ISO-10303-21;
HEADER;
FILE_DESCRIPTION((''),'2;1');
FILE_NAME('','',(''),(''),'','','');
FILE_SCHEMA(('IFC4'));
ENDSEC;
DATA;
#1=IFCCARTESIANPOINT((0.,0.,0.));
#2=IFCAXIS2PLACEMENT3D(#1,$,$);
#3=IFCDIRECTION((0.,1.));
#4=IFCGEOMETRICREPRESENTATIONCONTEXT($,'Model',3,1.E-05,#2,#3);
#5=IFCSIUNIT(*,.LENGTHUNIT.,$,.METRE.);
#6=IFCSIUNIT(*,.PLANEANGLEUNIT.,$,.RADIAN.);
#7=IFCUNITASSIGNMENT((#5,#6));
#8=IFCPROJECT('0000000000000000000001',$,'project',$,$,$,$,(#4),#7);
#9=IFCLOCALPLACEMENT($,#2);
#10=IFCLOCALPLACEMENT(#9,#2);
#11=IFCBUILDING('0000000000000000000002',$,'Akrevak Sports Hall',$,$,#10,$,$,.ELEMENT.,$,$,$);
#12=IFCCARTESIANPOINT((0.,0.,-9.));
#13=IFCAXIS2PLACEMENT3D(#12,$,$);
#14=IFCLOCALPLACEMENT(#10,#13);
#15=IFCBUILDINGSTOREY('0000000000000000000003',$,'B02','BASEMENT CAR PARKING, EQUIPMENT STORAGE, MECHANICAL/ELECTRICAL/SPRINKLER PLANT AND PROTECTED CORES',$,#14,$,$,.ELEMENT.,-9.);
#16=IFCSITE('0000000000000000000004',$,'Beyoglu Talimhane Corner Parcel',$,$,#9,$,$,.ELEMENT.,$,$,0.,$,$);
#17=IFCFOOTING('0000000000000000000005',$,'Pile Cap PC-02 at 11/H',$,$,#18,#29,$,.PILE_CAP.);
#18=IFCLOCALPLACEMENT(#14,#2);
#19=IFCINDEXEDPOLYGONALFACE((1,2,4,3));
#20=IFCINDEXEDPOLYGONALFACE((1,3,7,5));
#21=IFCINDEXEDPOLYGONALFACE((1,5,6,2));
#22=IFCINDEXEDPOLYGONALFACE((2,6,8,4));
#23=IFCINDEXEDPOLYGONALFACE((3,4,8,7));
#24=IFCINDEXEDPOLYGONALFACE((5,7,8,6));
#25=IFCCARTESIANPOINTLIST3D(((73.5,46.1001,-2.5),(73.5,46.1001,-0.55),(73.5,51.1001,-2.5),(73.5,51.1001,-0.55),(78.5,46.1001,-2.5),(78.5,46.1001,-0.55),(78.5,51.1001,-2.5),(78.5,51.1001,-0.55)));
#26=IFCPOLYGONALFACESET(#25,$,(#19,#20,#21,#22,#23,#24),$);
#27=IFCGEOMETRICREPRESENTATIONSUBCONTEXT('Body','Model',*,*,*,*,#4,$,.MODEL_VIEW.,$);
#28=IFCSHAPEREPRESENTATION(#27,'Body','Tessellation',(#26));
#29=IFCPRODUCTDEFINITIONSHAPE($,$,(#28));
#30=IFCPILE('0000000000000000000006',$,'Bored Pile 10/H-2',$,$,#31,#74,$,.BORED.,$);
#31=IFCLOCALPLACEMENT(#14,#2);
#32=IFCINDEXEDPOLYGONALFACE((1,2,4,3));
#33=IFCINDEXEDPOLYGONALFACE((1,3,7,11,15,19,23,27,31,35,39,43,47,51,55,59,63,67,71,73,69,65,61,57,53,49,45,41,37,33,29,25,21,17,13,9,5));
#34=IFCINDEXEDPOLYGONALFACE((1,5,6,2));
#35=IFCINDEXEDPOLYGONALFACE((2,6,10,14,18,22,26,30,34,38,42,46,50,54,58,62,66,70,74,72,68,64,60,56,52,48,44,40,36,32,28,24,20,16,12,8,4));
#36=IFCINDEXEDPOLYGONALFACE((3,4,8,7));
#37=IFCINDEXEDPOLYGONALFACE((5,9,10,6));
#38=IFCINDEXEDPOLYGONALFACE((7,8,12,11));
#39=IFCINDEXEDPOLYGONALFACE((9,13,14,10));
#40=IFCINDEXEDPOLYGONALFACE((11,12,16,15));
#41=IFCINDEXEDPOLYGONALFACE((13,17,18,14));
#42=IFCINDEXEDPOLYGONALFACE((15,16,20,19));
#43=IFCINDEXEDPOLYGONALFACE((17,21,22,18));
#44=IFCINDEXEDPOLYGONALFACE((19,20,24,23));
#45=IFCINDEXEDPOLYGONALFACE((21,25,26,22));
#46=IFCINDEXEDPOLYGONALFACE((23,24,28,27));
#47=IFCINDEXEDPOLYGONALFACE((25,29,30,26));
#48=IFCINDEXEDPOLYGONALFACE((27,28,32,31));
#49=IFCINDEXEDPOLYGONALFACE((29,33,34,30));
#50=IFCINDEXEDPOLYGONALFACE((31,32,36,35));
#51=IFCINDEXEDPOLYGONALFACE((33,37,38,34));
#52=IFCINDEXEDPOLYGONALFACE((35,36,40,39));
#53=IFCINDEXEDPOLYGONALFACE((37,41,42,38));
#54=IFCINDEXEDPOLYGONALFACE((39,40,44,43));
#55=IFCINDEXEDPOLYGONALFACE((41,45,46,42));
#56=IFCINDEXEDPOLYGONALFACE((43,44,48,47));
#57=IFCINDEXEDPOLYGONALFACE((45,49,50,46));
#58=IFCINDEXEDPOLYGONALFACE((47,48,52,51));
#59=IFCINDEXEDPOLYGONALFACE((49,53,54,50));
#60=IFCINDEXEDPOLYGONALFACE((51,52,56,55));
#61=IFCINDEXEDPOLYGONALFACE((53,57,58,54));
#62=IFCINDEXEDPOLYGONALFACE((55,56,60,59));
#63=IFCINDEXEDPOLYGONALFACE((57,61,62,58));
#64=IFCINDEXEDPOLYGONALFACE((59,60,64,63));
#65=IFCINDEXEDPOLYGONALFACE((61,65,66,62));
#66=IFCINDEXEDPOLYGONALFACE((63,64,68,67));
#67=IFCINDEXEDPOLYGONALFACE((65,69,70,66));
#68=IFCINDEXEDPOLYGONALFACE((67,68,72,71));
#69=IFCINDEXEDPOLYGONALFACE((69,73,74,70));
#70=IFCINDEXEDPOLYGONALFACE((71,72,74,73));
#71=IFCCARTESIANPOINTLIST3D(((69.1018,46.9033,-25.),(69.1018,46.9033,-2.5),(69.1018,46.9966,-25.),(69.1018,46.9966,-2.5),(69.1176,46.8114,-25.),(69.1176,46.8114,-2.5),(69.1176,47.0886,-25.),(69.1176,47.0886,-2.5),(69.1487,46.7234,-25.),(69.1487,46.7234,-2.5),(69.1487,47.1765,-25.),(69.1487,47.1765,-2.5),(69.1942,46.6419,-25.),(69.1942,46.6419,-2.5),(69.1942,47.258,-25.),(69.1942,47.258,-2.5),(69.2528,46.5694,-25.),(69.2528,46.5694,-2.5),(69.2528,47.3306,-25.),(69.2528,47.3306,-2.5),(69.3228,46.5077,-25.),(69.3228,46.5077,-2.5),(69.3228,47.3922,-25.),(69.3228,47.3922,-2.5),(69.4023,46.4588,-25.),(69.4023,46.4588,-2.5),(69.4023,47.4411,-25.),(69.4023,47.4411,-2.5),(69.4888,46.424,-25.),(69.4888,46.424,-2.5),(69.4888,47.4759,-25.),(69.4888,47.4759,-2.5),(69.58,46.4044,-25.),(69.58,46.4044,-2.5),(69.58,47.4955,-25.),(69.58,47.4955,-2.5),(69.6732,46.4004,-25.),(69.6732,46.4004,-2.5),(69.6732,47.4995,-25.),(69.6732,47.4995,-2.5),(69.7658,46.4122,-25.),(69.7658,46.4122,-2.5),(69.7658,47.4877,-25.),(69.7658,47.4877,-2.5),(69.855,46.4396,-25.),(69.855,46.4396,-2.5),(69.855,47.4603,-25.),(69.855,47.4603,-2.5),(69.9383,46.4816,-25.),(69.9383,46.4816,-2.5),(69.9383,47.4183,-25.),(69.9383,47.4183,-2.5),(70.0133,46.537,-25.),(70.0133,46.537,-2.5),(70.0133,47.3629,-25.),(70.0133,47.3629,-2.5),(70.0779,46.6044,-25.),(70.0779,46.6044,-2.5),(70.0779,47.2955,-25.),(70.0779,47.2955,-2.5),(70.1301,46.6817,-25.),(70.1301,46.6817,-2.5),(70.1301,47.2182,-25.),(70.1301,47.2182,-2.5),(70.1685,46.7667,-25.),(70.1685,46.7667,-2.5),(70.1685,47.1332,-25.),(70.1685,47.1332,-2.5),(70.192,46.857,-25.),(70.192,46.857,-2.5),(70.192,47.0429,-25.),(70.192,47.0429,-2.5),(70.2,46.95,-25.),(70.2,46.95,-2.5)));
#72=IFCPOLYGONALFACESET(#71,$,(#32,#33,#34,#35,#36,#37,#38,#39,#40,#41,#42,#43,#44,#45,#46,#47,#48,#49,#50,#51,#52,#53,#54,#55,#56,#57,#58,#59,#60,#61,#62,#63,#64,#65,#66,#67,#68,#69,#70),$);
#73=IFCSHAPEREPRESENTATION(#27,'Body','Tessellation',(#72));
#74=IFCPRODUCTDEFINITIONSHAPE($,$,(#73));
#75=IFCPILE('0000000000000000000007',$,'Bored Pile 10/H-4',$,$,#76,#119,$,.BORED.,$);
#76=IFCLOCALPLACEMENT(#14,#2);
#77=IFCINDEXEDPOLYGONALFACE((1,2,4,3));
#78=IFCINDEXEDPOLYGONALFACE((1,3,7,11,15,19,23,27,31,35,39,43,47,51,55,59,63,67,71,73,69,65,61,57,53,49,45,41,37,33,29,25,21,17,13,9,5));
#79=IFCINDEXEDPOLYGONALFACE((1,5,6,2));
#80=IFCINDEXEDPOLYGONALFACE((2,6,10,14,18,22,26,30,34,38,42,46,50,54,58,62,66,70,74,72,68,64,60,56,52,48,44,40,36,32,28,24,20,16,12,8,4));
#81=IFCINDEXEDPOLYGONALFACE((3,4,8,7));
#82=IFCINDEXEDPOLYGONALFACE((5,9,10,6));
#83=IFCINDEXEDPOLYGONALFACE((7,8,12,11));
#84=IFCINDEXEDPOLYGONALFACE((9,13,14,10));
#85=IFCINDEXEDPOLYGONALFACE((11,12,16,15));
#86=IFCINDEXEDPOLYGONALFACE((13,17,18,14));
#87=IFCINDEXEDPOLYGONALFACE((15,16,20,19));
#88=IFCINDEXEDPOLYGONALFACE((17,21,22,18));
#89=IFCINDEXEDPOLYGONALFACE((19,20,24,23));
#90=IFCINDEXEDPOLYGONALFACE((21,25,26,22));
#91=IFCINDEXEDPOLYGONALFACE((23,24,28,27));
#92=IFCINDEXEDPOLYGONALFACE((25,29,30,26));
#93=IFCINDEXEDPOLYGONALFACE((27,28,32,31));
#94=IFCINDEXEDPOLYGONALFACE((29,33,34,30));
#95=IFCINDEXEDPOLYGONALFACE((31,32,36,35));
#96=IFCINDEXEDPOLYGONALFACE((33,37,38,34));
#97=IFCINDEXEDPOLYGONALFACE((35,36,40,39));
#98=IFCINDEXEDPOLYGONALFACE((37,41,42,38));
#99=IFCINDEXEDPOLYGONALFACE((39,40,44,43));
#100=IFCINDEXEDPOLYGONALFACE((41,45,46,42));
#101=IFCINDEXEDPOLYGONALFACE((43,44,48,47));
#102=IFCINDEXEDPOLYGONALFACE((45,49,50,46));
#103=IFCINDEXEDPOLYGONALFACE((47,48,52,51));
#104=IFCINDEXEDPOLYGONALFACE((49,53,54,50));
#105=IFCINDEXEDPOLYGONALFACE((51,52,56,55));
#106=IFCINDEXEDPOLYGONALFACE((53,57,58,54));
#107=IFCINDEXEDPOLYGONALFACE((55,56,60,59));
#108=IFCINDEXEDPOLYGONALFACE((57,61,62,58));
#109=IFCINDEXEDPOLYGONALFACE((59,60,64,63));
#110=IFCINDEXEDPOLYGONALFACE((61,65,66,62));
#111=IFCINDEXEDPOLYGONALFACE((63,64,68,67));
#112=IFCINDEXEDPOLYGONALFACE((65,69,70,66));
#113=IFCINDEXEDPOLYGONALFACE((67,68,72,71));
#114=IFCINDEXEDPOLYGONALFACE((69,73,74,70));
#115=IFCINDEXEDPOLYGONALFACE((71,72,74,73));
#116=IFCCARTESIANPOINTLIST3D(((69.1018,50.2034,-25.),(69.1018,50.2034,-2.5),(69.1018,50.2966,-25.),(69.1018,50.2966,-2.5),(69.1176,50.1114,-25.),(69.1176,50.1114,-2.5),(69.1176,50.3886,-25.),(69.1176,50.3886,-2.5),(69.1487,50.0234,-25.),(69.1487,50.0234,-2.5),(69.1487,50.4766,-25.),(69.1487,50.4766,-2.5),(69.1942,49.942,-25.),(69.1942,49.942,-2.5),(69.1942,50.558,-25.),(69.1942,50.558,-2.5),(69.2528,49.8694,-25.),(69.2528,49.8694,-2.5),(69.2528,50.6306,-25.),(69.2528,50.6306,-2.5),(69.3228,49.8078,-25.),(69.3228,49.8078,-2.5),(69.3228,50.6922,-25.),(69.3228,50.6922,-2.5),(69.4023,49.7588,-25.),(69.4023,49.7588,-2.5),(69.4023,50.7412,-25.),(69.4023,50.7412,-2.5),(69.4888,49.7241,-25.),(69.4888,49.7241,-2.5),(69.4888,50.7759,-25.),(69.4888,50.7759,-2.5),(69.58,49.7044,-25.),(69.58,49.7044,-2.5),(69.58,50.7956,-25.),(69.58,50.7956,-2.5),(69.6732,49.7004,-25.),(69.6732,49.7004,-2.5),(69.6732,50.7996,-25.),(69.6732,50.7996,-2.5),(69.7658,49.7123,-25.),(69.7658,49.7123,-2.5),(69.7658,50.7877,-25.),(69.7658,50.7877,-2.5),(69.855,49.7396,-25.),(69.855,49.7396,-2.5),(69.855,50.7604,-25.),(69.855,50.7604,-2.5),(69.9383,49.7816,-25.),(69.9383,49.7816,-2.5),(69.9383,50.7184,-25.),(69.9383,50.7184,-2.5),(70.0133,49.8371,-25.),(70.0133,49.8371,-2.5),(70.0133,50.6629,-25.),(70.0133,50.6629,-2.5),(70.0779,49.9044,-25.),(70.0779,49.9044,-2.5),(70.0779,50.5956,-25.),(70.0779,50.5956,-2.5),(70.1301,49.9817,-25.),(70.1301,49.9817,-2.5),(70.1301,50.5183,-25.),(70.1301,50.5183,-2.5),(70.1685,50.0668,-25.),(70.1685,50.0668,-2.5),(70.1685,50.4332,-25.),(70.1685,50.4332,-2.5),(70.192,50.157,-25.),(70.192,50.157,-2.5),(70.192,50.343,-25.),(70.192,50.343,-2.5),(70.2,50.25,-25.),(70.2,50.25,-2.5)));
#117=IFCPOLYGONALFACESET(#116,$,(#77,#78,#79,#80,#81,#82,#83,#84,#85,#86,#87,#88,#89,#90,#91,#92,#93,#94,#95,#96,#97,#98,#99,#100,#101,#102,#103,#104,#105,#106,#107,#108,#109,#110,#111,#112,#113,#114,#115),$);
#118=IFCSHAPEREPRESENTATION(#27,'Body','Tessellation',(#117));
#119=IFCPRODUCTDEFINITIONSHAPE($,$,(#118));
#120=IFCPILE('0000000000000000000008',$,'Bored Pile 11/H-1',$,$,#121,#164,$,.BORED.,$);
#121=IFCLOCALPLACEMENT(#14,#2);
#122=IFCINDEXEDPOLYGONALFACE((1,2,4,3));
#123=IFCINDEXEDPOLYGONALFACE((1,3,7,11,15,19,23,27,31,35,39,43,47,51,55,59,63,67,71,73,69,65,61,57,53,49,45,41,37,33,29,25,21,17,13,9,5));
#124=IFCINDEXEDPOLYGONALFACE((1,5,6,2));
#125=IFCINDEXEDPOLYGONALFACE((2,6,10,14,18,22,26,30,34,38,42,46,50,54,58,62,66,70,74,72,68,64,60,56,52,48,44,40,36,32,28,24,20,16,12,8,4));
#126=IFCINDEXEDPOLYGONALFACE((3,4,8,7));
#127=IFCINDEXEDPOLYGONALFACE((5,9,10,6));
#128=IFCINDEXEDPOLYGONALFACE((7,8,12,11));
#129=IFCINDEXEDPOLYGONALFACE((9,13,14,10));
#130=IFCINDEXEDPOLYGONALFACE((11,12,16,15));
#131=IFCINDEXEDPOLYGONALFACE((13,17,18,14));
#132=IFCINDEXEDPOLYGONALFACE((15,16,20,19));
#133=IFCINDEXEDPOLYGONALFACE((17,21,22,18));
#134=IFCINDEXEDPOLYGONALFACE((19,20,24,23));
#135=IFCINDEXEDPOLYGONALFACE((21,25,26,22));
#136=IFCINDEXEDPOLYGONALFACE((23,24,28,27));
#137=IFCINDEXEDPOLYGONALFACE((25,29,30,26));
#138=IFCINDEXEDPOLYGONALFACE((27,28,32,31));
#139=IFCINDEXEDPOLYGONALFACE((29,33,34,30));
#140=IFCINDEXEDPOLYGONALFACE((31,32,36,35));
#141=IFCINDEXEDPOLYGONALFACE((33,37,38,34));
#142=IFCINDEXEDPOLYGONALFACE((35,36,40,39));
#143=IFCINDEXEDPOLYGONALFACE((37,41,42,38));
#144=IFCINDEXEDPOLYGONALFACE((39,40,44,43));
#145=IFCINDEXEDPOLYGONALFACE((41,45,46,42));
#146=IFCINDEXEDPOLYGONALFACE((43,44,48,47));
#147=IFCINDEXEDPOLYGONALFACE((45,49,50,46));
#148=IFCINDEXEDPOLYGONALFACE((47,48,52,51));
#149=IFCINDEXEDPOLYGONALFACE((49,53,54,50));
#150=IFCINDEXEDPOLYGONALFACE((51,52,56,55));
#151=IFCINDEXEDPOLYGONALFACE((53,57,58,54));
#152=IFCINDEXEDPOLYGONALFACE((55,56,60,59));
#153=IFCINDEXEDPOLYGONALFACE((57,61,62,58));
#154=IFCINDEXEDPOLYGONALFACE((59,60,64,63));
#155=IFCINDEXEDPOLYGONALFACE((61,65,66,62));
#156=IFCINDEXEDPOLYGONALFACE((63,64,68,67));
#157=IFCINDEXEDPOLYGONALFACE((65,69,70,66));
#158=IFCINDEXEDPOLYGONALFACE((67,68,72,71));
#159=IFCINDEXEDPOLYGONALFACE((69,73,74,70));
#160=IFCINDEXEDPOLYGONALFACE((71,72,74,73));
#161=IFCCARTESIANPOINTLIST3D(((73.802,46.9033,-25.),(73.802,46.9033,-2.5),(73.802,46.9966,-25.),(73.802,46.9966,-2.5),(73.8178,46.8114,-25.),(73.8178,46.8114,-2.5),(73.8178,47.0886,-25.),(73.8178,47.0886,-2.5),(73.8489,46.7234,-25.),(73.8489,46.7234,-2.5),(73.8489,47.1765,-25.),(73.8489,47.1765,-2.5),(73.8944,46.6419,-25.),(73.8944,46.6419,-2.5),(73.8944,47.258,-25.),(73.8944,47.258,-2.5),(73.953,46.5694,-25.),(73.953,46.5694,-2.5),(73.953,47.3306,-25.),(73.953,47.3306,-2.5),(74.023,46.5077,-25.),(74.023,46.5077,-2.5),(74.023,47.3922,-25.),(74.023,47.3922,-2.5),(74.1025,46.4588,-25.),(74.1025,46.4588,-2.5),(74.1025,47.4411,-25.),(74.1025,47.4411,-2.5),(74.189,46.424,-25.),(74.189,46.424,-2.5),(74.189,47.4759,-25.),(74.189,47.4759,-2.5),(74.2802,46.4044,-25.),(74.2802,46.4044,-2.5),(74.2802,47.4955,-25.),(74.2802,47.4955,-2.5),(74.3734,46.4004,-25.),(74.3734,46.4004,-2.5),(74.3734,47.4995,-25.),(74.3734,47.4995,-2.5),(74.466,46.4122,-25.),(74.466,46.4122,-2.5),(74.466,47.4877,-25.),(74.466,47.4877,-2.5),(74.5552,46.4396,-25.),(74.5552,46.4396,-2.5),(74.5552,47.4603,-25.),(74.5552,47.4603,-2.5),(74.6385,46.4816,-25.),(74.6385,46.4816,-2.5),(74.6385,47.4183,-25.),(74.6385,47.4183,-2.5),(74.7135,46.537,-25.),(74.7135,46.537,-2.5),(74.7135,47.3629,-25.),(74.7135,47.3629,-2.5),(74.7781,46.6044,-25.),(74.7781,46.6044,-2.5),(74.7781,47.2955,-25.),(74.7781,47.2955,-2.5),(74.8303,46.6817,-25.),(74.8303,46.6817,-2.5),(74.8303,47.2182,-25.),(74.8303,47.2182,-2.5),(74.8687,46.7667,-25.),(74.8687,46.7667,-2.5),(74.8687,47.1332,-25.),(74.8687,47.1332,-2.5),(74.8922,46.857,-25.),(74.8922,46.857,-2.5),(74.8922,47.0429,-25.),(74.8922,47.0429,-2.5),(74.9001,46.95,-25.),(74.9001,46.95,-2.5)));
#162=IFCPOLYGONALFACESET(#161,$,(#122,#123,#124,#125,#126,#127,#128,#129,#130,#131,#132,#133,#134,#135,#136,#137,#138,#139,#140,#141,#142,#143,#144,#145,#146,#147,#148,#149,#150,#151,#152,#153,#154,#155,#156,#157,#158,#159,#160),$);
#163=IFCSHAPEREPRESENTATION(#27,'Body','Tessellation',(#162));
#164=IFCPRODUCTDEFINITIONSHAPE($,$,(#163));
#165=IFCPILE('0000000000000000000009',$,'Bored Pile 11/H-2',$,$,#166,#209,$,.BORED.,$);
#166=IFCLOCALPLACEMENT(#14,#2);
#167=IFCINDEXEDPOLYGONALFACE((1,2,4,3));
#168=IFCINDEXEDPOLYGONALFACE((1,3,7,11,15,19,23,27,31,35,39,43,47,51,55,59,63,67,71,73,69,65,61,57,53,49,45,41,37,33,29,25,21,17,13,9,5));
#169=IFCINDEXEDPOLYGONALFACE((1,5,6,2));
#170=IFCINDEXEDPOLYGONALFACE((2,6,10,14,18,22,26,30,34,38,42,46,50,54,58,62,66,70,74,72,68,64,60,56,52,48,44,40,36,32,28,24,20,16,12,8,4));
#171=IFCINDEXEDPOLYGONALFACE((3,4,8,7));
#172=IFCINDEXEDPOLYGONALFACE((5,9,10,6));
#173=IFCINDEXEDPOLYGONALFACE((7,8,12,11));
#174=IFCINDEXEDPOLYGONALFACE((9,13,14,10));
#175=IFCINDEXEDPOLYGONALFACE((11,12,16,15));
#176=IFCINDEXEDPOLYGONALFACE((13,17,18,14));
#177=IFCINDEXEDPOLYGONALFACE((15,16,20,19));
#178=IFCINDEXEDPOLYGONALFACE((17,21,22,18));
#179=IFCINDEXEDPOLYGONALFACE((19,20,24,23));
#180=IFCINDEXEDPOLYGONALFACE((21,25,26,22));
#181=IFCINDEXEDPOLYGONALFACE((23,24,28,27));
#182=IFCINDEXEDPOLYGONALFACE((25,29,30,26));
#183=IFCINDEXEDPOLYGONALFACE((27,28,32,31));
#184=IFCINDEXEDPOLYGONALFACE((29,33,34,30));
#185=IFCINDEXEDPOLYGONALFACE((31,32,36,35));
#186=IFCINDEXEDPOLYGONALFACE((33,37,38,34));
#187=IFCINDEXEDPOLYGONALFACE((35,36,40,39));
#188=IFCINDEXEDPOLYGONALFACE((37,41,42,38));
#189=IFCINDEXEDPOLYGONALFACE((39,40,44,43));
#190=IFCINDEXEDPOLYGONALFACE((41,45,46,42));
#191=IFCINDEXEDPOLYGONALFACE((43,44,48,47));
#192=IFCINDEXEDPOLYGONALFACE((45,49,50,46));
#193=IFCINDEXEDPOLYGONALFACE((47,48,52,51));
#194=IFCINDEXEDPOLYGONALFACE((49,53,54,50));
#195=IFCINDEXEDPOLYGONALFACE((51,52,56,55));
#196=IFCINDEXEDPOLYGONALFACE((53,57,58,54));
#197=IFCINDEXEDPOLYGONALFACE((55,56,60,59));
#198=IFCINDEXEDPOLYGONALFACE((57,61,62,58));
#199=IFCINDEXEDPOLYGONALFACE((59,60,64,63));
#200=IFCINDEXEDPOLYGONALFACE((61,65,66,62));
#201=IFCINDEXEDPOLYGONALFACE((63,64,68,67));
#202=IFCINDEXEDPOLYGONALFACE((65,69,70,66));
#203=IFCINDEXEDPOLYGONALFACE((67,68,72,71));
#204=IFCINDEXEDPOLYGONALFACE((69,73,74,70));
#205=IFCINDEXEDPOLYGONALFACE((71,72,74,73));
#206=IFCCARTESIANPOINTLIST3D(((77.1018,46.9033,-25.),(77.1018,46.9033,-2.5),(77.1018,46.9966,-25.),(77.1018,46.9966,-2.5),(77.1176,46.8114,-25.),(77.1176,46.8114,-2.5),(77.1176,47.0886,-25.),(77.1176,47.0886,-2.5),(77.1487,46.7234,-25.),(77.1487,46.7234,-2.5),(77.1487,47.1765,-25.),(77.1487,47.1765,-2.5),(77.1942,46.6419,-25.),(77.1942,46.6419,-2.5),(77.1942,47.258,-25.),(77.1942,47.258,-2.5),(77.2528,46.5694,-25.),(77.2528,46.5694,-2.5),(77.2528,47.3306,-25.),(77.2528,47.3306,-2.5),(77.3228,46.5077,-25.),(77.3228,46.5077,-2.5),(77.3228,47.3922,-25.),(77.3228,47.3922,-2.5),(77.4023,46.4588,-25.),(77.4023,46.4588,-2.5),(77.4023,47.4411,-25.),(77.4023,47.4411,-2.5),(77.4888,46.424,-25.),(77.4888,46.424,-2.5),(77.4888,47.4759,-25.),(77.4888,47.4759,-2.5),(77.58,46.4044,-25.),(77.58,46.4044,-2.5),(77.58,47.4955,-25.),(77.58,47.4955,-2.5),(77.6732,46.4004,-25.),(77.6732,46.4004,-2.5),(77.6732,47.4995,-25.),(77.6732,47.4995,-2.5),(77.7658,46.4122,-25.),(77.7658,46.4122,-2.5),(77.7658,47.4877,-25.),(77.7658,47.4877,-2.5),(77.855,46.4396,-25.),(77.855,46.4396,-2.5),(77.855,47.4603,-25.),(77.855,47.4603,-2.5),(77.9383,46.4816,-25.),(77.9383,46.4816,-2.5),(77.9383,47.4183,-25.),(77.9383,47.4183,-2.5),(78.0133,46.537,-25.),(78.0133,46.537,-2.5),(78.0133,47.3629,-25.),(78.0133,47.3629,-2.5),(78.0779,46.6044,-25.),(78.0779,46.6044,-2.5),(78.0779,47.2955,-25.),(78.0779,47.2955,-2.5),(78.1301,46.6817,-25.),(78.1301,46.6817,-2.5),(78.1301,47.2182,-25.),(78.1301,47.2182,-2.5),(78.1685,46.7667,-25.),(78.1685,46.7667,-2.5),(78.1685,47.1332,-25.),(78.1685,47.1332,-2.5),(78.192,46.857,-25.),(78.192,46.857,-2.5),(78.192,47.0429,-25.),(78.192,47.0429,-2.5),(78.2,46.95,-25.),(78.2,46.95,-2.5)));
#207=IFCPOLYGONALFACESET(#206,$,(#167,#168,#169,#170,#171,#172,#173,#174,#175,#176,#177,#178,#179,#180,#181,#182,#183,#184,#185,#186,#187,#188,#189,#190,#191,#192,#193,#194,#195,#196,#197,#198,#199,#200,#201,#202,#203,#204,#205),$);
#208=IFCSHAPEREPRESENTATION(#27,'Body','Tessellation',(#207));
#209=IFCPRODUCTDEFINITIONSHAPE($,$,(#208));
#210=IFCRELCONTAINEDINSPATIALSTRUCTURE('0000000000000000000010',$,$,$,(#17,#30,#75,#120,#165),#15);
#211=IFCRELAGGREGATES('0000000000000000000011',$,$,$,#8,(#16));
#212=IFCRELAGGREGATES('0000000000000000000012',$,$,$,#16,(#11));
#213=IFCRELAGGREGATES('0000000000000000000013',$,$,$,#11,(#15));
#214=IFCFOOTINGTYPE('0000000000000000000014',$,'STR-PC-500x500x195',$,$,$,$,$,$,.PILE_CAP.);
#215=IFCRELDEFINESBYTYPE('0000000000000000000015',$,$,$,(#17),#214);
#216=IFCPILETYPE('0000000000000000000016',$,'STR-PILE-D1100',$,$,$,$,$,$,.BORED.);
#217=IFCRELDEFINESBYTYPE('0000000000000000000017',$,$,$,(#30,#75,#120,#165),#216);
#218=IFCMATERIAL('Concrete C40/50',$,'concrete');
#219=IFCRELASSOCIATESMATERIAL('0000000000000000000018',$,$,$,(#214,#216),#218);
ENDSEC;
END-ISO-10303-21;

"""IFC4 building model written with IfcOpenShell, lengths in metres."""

from ifc_helpers import new_model, si_unit, direction, frame, origin, origin_2d, place, context, subcontext, project, spatial, rectangle, circle, extrude, material, material_profile, profile_set, type_object, element, save


model = new_model("IFC4")

# Units and contexts
model_context = context("Model", 3, precision=1e-05, world=origin(), true_north=direction((0.0, 1.0)))
body_context = subcontext(model_context, "Body", "Model", "MODEL_VIEW")
ifc_project = project(units=[si_unit("LENGTHUNIT", "METRE"), si_unit("PLANEANGLEUNIT", "RADIAN")], contexts=[model_context])

# Site, building, storey
site_placement = place(None, origin())
site = spatial("IfcSite", under=ifc_project, at=site_placement, Name="Beyoglu Talimhane Corner Parcel", CompositionType="ELEMENT", RefElevation=0.0)
building_placement = place(site_placement, origin())
building = spatial("IfcBuilding", under=site, at=building_placement, Name="Akrevak Sports Hall", CompositionType="ELEMENT")
storey_placement = place(building_placement, frame((0.0, 0.0, -9.0)))
storey = spatial("IfcBuildingStorey", under=building, at=storey_placement, Name="B02", Description="BASEMENT CAR PARKING, EQUIPMENT STORAGE, MECHANICAL/ELECTRICAL/SPRINKLER PLANT AND PROTECTED CORES", CompositionType="ELEMENT", Elevation=-9.0)

# Footing
ifc_material_1 = material(Name="Concrete C40/50", Category="concrete")
footing_type = type_object("IfcFootingType", Name="STR-PC-500x500x195", PredefinedType="PILE_CAP", material=ifc_material_1)
footing_placement = place(storey_placement, frame((76.0, 48.6001, -2.5), z_axis=(0.0, 0.0, 1.0), x_axis=(1.0, 0.0, 0.0)))
element("IfcFooting", 1, at=footing_placement, inside=storey, type_object=footing_type, Name="Pile Cap PC-02 at 11/H", PredefinedType="PILE_CAP", context=body_context, shape_type="SweptSolid", body=[
    extrude(rectangle(XDim=5.0, YDim=5.0, at=origin_2d()), origin(), (0.0, 0.0, 1.0), 1.95),
])

# Piles
ifc_material_profile_1 = material_profile(ifc_material_1, circle(Radius=0.55, at=origin_2d()), Name="BORED PILE D1100", Category="concrete")
ifc_profile_set_1 = profile_set([ifc_material_profile_1], Name="Concrete C40/50")
pile_type = type_object("IfcPileType", Name="STR-PILE-D1100", PredefinedType="BORED", material=ifc_profile_set_1)
for number, where, z_axis, x_axis, name in (
    (2, (69.6499, 46.95, -2.5), (0.0, 0.0, -1.0), (1.0, 0.0, 0.0), "Bored Pile 10/H-2"),
    (3, (69.6499, 50.25, -2.5), (0.0, 0.0, -1.0), (1.0, 0.0, 0.0), "Bored Pile 10/H-4"),
    (4, (74.3501, 46.95, -2.5), (0.0, 0.0, -1.0), (1.0, 0.0, 0.0), "Bored Pile 11/H-1"),
    (5, (77.6499, 46.95, -2.5), (0.0, 0.0, -1.0), (1.0, 0.0, 0.0), "Bored Pile 11/H-2"),
):
    element("IfcPile", number, at=place(storey_placement, frame(where, z_axis=z_axis, x_axis=x_axis)), inside=storey, type_object=pile_type, Name=name, PredefinedType="BORED", context=body_context, shape_type="SweptSolid", body=[
        extrude(circle(Radius=0.55, at=origin_2d()), origin(), (0.0, 0.0, 1.0), 22.5),
    ])

save(model, "model.ifc")
